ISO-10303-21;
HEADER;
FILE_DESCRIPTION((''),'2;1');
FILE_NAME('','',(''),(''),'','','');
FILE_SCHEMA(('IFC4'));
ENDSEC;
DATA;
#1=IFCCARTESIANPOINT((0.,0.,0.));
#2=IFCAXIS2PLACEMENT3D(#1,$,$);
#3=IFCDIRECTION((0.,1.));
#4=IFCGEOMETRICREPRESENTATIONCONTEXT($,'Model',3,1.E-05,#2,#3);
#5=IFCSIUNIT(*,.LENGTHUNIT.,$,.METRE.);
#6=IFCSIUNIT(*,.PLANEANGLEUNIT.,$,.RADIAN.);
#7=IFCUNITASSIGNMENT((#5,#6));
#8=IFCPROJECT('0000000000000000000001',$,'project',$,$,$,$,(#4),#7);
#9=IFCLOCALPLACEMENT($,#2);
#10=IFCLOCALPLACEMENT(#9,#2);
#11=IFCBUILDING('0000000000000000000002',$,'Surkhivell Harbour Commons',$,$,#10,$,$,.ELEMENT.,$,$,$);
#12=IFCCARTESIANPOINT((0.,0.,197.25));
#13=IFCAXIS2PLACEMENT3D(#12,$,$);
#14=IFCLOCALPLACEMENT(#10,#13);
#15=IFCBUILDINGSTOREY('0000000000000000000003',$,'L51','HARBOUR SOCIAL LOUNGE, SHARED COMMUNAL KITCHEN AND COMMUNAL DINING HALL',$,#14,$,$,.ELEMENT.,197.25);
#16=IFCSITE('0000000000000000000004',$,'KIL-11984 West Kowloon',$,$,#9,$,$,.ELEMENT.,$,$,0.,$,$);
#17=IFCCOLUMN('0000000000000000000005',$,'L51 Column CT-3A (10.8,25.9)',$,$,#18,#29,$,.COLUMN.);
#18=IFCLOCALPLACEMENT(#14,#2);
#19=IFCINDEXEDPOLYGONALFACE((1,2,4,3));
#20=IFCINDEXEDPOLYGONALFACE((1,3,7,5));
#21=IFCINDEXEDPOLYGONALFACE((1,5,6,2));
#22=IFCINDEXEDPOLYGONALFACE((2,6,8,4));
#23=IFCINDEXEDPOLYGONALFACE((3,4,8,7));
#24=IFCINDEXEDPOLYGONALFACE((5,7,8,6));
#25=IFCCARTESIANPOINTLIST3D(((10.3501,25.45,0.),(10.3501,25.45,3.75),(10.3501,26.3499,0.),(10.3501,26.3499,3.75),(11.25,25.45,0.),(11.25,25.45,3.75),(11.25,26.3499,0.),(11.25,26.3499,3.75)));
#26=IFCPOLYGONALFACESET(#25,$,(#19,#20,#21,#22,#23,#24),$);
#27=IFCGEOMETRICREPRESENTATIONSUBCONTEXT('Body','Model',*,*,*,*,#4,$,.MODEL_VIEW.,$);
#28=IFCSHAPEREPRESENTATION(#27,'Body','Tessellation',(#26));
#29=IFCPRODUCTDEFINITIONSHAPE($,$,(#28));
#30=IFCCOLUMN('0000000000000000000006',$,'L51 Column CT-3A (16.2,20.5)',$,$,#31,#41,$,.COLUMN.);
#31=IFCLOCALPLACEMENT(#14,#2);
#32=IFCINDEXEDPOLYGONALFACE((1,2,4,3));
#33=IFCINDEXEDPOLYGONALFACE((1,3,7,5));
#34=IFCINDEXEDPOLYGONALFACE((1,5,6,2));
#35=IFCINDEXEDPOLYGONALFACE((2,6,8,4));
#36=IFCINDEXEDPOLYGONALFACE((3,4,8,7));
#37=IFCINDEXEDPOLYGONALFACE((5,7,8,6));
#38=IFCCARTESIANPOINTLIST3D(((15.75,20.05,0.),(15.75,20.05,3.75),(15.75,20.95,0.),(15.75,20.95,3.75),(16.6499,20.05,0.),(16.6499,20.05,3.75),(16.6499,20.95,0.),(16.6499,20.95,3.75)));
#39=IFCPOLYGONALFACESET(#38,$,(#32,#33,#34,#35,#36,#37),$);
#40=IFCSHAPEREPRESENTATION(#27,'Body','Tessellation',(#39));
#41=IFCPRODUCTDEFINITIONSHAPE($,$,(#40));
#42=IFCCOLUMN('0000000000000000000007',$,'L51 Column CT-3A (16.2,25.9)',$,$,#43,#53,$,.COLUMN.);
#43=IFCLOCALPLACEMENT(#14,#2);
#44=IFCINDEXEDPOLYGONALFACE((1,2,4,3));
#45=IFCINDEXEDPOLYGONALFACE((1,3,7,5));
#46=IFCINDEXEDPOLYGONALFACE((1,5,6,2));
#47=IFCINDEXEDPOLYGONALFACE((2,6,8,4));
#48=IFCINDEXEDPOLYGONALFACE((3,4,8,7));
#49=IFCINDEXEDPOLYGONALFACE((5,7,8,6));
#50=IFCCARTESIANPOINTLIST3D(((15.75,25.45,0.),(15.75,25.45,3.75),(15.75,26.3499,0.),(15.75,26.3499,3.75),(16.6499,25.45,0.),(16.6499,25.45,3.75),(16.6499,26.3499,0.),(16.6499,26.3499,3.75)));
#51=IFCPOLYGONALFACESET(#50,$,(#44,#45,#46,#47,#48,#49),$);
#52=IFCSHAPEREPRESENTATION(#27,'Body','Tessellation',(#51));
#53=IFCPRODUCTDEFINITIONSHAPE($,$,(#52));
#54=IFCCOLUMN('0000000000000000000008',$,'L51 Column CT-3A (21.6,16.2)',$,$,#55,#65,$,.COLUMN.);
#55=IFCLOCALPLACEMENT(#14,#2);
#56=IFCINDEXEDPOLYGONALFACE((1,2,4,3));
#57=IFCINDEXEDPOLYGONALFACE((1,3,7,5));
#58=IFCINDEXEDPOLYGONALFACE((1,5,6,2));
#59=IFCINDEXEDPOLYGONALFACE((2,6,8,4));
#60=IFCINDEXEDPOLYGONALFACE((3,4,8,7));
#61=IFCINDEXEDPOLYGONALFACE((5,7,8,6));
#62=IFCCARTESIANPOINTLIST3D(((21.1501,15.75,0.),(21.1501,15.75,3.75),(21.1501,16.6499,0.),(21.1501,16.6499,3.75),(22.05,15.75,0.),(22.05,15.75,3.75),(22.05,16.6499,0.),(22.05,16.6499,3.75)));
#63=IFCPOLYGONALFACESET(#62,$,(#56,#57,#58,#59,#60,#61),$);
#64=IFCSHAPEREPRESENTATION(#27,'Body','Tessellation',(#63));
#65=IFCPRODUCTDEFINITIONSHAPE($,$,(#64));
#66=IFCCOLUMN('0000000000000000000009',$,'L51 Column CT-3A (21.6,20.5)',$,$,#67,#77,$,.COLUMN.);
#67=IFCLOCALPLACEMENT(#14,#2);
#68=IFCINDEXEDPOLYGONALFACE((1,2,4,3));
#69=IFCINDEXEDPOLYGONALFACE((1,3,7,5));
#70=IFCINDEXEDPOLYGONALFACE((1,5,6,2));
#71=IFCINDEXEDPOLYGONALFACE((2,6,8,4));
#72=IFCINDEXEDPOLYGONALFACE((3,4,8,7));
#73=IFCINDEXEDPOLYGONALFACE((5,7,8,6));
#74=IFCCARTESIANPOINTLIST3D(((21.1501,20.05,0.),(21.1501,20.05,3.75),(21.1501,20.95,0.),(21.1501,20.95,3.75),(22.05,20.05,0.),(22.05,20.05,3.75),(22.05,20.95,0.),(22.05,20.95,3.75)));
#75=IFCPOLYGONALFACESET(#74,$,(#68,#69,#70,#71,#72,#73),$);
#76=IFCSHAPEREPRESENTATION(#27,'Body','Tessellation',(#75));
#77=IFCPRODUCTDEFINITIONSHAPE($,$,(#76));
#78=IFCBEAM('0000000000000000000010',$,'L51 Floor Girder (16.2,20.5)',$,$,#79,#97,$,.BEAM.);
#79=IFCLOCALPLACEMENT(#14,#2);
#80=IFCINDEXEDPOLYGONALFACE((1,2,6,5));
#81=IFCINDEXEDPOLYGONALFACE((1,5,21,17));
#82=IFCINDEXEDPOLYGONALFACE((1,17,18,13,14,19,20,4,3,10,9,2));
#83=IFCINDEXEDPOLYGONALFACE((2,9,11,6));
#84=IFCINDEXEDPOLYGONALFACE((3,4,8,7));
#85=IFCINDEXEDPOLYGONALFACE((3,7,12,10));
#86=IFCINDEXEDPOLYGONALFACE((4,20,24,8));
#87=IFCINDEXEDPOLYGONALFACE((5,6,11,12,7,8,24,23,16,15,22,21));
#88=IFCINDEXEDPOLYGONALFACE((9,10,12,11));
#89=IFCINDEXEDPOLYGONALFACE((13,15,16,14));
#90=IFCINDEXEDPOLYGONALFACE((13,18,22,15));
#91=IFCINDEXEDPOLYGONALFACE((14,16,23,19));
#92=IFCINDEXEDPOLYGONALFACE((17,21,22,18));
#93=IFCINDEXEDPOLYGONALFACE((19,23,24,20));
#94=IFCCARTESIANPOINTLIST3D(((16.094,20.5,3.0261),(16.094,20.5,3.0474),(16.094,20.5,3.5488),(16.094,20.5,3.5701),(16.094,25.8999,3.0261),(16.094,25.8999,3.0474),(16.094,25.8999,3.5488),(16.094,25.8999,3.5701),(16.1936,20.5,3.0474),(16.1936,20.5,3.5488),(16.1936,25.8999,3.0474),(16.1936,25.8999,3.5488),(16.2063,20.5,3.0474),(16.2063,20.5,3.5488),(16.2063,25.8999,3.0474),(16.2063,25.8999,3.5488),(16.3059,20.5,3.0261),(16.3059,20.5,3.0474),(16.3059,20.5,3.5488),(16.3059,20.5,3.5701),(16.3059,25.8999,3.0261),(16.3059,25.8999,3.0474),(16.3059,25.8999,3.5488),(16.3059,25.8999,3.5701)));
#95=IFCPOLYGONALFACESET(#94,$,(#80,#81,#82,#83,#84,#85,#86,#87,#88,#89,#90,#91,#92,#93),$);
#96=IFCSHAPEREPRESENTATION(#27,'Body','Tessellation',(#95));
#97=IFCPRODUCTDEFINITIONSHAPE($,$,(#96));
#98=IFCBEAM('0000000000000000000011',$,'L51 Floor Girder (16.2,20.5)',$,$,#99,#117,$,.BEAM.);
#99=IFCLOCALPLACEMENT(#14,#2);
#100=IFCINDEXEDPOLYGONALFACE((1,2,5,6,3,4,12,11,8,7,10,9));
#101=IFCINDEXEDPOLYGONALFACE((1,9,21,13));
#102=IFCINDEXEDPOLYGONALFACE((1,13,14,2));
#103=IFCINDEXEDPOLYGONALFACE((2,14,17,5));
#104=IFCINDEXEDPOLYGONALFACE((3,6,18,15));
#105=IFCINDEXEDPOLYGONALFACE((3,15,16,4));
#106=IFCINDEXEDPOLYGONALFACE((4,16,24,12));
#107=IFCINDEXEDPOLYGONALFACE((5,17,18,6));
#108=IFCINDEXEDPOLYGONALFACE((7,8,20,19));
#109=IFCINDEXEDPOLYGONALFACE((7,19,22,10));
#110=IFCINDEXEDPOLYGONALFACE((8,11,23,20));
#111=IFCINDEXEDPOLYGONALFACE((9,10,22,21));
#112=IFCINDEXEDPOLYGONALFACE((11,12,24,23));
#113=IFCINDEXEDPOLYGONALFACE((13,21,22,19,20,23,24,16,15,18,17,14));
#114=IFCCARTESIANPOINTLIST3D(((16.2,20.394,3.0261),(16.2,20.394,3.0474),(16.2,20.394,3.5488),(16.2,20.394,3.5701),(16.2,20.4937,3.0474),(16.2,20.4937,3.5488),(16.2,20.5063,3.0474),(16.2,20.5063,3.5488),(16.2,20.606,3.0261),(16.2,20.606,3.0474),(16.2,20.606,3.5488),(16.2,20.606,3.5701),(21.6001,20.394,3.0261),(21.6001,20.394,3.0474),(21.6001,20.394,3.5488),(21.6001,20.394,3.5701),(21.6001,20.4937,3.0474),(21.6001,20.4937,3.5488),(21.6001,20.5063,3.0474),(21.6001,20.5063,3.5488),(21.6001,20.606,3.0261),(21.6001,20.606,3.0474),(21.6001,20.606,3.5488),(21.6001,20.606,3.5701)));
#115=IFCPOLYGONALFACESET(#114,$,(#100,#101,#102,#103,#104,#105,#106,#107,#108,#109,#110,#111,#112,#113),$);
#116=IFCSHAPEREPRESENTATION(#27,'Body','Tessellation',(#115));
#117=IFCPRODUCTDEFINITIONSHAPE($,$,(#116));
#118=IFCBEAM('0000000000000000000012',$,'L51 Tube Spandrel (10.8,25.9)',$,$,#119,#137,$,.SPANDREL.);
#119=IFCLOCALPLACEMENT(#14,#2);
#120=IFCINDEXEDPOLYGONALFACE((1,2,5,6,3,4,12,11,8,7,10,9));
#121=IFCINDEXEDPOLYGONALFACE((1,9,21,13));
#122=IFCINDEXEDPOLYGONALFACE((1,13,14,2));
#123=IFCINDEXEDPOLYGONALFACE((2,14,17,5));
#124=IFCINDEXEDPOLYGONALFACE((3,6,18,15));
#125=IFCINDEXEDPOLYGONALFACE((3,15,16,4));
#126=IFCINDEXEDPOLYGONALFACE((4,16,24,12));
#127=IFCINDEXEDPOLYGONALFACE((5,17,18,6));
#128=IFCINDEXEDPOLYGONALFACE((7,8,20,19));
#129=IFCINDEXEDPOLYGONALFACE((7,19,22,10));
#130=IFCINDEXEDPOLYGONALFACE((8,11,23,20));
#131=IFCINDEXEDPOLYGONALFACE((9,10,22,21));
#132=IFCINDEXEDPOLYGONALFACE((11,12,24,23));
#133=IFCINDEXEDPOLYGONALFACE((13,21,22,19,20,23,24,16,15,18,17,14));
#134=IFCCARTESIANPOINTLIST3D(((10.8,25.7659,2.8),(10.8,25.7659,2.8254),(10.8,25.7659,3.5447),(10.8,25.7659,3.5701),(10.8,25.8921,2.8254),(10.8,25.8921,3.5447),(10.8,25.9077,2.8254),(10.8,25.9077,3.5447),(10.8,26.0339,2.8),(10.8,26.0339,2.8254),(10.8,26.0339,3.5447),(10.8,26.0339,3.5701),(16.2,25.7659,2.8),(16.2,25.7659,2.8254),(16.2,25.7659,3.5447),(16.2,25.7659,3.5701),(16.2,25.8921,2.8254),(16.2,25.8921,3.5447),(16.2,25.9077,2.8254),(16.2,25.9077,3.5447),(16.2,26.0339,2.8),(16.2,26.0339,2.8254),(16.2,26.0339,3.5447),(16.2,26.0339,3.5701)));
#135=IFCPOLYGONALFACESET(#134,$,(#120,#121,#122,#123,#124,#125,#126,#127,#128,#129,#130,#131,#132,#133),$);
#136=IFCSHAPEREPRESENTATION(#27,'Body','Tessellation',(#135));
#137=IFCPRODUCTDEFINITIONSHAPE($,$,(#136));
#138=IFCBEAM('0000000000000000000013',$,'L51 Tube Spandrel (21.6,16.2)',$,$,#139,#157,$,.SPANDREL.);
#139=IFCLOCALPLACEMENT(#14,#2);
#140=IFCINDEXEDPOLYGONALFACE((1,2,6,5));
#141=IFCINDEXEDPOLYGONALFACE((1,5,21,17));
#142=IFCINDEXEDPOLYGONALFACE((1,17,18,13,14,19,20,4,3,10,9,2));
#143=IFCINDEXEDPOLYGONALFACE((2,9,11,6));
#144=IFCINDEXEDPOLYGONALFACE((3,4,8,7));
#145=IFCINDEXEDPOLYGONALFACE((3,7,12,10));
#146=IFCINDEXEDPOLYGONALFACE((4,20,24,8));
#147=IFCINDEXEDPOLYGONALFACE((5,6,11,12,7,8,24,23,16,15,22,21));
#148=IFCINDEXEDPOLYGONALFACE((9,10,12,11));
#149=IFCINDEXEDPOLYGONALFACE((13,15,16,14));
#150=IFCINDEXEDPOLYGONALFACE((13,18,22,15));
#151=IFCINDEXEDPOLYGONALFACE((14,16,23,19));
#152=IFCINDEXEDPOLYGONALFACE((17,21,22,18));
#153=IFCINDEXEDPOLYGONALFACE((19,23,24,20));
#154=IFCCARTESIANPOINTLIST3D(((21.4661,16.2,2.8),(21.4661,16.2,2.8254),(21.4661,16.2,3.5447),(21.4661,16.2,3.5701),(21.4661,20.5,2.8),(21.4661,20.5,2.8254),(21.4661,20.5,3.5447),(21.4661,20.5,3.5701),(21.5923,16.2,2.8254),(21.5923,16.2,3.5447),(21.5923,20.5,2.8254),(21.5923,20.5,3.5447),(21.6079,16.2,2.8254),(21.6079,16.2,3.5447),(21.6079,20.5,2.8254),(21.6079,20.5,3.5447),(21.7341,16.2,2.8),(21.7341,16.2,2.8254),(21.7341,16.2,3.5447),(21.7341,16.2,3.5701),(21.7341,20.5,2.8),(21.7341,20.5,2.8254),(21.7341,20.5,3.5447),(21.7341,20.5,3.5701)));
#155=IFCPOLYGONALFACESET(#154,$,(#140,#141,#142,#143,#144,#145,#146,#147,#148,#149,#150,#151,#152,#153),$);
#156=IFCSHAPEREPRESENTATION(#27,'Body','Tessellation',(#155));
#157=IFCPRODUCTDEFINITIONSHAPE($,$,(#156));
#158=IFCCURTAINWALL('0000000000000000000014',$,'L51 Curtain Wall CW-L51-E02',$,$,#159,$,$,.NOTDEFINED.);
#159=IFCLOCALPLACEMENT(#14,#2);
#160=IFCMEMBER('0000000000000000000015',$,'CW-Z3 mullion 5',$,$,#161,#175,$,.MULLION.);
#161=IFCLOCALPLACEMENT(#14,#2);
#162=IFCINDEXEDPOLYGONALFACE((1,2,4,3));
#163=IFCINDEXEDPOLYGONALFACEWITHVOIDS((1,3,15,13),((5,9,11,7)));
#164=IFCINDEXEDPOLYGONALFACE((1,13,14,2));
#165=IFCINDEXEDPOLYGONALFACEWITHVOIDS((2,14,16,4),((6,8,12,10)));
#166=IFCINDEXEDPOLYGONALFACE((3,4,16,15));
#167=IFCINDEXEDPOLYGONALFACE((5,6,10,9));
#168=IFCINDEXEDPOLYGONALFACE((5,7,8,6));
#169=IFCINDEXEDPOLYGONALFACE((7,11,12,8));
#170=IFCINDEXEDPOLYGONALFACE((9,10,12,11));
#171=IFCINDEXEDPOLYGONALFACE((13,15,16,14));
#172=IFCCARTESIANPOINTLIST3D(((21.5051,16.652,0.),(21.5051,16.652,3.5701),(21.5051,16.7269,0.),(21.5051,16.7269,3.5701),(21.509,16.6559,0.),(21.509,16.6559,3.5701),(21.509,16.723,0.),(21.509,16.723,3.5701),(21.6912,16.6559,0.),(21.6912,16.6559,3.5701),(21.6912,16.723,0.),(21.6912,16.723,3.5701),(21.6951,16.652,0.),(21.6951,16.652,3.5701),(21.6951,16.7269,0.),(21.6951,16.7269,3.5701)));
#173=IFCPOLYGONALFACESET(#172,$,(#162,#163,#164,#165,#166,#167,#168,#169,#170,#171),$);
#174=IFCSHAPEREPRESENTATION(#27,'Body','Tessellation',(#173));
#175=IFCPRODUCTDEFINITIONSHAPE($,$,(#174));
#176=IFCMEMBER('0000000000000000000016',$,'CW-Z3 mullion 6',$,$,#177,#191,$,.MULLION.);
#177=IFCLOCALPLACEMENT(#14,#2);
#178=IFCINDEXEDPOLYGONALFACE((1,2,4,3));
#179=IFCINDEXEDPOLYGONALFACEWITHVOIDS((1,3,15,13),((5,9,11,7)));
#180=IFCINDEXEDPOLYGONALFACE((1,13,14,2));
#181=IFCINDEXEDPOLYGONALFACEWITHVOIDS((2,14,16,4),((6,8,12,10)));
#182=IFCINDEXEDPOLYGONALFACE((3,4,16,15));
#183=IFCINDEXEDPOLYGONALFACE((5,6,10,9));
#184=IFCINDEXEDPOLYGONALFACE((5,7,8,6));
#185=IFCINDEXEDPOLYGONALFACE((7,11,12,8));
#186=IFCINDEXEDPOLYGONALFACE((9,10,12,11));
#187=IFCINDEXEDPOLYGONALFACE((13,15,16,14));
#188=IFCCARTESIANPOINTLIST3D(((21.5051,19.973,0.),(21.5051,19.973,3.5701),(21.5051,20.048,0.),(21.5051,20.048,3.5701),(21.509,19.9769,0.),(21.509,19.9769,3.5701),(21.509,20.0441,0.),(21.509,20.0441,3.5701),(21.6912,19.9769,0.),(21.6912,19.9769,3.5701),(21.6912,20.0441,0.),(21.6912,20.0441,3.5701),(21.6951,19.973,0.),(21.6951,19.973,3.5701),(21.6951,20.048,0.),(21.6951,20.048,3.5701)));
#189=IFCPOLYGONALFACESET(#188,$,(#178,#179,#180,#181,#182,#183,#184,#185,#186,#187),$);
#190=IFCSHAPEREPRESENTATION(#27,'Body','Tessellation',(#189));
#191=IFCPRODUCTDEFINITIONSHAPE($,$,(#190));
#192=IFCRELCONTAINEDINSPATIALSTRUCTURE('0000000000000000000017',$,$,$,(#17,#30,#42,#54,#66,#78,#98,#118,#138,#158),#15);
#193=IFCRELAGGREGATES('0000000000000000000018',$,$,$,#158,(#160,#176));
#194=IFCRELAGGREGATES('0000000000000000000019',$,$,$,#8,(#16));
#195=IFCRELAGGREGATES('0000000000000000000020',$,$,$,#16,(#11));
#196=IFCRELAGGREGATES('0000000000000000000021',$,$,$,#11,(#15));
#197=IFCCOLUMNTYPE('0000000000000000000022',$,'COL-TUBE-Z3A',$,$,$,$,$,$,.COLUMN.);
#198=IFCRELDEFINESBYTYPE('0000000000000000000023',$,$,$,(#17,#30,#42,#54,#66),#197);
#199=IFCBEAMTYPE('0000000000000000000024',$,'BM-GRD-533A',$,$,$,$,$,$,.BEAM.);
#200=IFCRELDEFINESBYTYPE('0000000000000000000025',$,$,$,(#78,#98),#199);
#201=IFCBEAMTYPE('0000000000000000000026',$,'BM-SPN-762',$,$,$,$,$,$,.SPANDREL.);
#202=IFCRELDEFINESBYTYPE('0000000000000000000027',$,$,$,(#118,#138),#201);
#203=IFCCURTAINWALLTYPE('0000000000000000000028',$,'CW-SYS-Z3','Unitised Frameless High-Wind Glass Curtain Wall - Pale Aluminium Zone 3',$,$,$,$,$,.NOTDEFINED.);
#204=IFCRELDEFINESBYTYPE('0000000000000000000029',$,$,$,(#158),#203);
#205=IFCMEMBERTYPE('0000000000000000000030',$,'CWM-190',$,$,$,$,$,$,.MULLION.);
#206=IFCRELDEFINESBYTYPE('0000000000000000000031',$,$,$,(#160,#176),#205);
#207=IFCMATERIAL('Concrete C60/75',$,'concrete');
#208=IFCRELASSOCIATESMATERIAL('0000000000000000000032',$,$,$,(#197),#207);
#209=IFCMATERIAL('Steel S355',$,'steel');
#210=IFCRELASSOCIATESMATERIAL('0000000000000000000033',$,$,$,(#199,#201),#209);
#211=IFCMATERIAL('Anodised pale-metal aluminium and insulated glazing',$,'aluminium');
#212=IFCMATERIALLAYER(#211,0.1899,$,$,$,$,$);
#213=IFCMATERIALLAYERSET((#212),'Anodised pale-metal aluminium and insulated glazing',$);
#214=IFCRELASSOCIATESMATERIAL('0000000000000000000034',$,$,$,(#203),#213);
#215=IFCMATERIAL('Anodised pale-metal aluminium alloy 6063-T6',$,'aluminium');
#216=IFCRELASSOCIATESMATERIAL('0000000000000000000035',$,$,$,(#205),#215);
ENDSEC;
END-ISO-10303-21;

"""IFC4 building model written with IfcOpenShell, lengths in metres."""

from ifc_helpers import new_model, si_unit, direction, frame, origin, origin_2d, place, context, subcontext, project, spatial, rectangle, hollow_rectangle, i_section, extrude, material, layer, layer_set, material_profile, profile_set, type_object, element, aggregate, save


model = new_model("IFC4")

# Units and contexts
model_context = context("Model", 3, precision=1e-05, world=origin(), true_north=direction((0.0, 1.0)))
body_context = subcontext(model_context, "Body", "Model", "MODEL_VIEW")
ifc_project = project(units=[si_unit("LENGTHUNIT", "METRE"), si_unit("PLANEANGLEUNIT", "RADIAN")], contexts=[model_context])

# Site, building, storey
site_placement = place(None, origin())
site = spatial("IfcSite", under=ifc_project, at=site_placement, Name="KIL-11984 West Kowloon", CompositionType="ELEMENT", RefElevation=0.0)
building_placement = place(site_placement, origin())
building = spatial("IfcBuilding", under=site, at=building_placement, Name="Surkhivell Harbour Commons", CompositionType="ELEMENT")
storey_placement = place(building_placement, frame((0.0, 0.0, 197.25)))
storey = spatial("IfcBuildingStorey", under=building, at=storey_placement, Name="L51", Description="HARBOUR SOCIAL LOUNGE, SHARED COMMUNAL KITCHEN AND COMMUNAL DINING HALL", CompositionType="ELEMENT", Elevation=197.25)

# Columns
ifc_material_1 = material(Name="Concrete C60/75", Category="concrete")
ifc_material_profile_1 = material_profile(ifc_material_1, rectangle(XDim=0.8999, YDim=0.8999, at=origin_2d()), Name="RC-COL-900x900")
ifc_profile_set_1 = profile_set([ifc_material_profile_1], Name="Concrete C60/75")
column_type = type_object("IfcColumnType", Name="COL-TUBE-Z3A", PredefinedType="COLUMN", material=ifc_profile_set_1)
for number, where, z_axis, x_axis, name in (
    (1, (10.8, 25.8999, 0.0), (0.0, 0.0, 1.0), (1.0, 0.0, 0.0), "L51 Column CT-3A (10.8,25.9)"),
    (2, (16.2, 20.5, 0.0), (0.0, 0.0, 1.0), (1.0, 0.0, 0.0), "L51 Column CT-3A (16.2,20.5)"),
    (3, (16.2, 25.8999, 0.0), (0.0, 0.0, 1.0), (1.0, 0.0, 0.0), "L51 Column CT-3A (16.2,25.9)"),
    (4, (21.6001, 16.2, 0.0), (0.0, 0.0, 1.0), (1.0, 0.0, 0.0), "L51 Column CT-3A (21.6,16.2)"),
    (5, (21.6001, 20.5, 0.0), (0.0, 0.0, 1.0), (1.0, 0.0, 0.0), "L51 Column CT-3A (21.6,20.5)"),
):
    element("IfcColumn", number, at=place(storey_placement, frame(where, z_axis=z_axis, x_axis=x_axis)), inside=storey, type_object=column_type, Name=name, PredefinedType="COLUMN", context=body_context, shape_type="SweptSolid", body=[
        extrude(rectangle(XDim=0.8999, YDim=0.8999, at=origin_2d()), origin(), (0.0, 0.0, 1.0), 3.75),
    ])

# Beams
ifc_material_2 = material(Name="Steel S355", Category="steel")
ifc_material_profile_2 = material_profile(ifc_material_2, i_section(OverallWidth=0.2119, OverallDepth=0.5439, WebThickness=0.0127, FlangeThickness=0.0212, at=origin_2d()), Name="UB533x210x122")
ifc_profile_set_2 = profile_set([ifc_material_profile_2], Name="Steel S355")
beam_type_1 = type_object("IfcBeamType", Name="BM-GRD-533A", PredefinedType="BEAM", material=ifc_profile_set_2)
beam_1_placement = place(storey_placement, frame((16.2, 20.5, 3.2981), z_axis=(0.0, 1.0, 0.0), x_axis=(-1.0, 0.0, 0.0)))
element("IfcBeam", 6, at=beam_1_placement, inside=storey, type_object=beam_type_1, Name="L51 Floor Girder (16.2,20.5)", PredefinedType="BEAM", context=body_context, shape_type="SweptSolid", body=[
    extrude(i_section(OverallWidth=0.2119, OverallDepth=0.5439, WebThickness=0.0127, FlangeThickness=0.0212, at=origin_2d()), origin(), (0.0, 0.0, 1.0), 5.3999),
])
beam_2_placement = place(storey_placement, frame((16.2, 20.5, 3.2981), z_axis=(1.0, 0.0, 0.0), x_axis=(0.0, 1.0, 0.0)))
element("IfcBeam", 7, at=beam_2_placement, inside=storey, type_object=beam_type_1, Name="L51 Floor Girder (16.2,20.5)", PredefinedType="BEAM", context=body_context, shape_type="SweptSolid", body=[
    extrude(i_section(OverallWidth=0.2119, OverallDepth=0.5439, WebThickness=0.0127, FlangeThickness=0.0212, at=origin_2d()), origin(), (0.0, 0.0, 1.0), 5.4001),
])
ifc_material_profile_3 = material_profile(ifc_material_2, i_section(OverallWidth=0.2681, OverallDepth=0.77, WebThickness=0.0156, FlangeThickness=0.0254, at=origin_2d()), Name="UB762x267x197")
ifc_profile_set_3 = profile_set([ifc_material_profile_3], Name="Steel S355")
beam_type_2 = type_object("IfcBeamType", Name="BM-SPN-762", PredefinedType="SPANDREL", material=ifc_profile_set_3)
beam_3_placement = place(storey_placement, frame((10.8, 25.8999, 3.1851), z_axis=(1.0, 0.0, 0.0), x_axis=(0.0, 1.0, 0.0)))
element("IfcBeam", 8, at=beam_3_placement, inside=storey, type_object=beam_type_2, Name="L51 Tube Spandrel (10.8,25.9)", PredefinedType="SPANDREL", context=body_context, shape_type="SweptSolid", body=[
    extrude(i_section(OverallWidth=0.2681, OverallDepth=0.77, WebThickness=0.0156, FlangeThickness=0.0254, at=origin_2d()), origin(), (0.0, 0.0, 1.0), 5.3999),
])
beam_4_placement = place(storey_placement, frame((21.6001, 16.2, 3.1851), z_axis=(0.0, 1.0, 0.0), x_axis=(-1.0, 0.0, 0.0)))
element("IfcBeam", 9, at=beam_4_placement, inside=storey, type_object=beam_type_2, Name="L51 Tube Spandrel (21.6,16.2)", PredefinedType="SPANDREL", context=body_context, shape_type="SweptSolid", body=[
    extrude(i_section(OverallWidth=0.2681, OverallDepth=0.77, WebThickness=0.0156, FlangeThickness=0.0254, at=origin_2d()), origin(), (0.0, 0.0, 1.0), 4.3),
])

# Curtain wall, members
ifc_material_3 = material(Name="Anodised pale-metal aluminium and insulated glazing", Category="aluminium")
ifc_layer_1 = layer(ifc_material_3, 0.1899)
ifc_layer_set_1 = layer_set([ifc_layer_1], Name="Anodised pale-metal aluminium and insulated glazing")
curtain_wall_type = type_object("IfcCurtainWallType", Name="CW-SYS-Z3", Description="Unitised Frameless High-Wind Glass Curtain Wall - Pale Aluminium Zone 3", PredefinedType="NOTDEFINED", material=ifc_layer_set_1)
curtain_wall_1_placement = place(storey_placement, origin())
curtain_wall_1 = element("IfcCurtainWall", 10, at=curtain_wall_1_placement, inside=storey, type_object=curtain_wall_type, Name="L51 Curtain Wall CW-L51-E02", PredefinedType="NOTDEFINED")
ifc_material_4 = material(Name="Anodised pale-metal aluminium alloy 6063-T6", Category="aluminium")
ifc_material_profile_4 = material_profile(ifc_material_4, hollow_rectangle(XDim=0.075, YDim=0.1899, WallThickness=0.0039, at=origin_2d()), Name="ALU-MULL-75x190")
ifc_profile_set_4 = profile_set([ifc_material_profile_4], Name="Anodised pale-metal aluminium alloy 6063-T6")
member_type_1 = type_object("IfcMemberType", Name="CWM-190", PredefinedType="MULLION", material=ifc_profile_set_4)
member_1_placement = place(storey_placement, frame((21.6001, 16.6895, 0.0), z_axis=(0.0, 0.0, 1.0), x_axis=(0.0, 1.0, 0.0)))
member_1 = element("IfcMember", 11, at=member_1_placement, type_object=member_type_1, Name="CW-Z3 mullion 5", PredefinedType="MULLION", context=body_context, shape_type="SweptSolid", body=[
    extrude(hollow_rectangle(XDim=0.075, YDim=0.1899, WallThickness=0.0039, at=origin_2d()), origin(), (0.0, 0.0, 1.0), 3.5701),
])
member_2_placement = place(storey_placement, frame((21.6001, 20.0105, 0.0), z_axis=(0.0, 0.0, 1.0), x_axis=(0.0, 1.0, 0.0)))
member_2 = element("IfcMember", 12, at=member_2_placement, type_object=member_type_1, Name="CW-Z3 mullion 6", PredefinedType="MULLION", context=body_context, shape_type="SweptSolid", body=[
    extrude(hollow_rectangle(XDim=0.075, YDim=0.1899, WallThickness=0.0039, at=origin_2d()), origin(), (0.0, 0.0, 1.0), 3.5701),
])

aggregate(curtain_wall_1, [member_1, member_2])

save(model, "model.ifc")
